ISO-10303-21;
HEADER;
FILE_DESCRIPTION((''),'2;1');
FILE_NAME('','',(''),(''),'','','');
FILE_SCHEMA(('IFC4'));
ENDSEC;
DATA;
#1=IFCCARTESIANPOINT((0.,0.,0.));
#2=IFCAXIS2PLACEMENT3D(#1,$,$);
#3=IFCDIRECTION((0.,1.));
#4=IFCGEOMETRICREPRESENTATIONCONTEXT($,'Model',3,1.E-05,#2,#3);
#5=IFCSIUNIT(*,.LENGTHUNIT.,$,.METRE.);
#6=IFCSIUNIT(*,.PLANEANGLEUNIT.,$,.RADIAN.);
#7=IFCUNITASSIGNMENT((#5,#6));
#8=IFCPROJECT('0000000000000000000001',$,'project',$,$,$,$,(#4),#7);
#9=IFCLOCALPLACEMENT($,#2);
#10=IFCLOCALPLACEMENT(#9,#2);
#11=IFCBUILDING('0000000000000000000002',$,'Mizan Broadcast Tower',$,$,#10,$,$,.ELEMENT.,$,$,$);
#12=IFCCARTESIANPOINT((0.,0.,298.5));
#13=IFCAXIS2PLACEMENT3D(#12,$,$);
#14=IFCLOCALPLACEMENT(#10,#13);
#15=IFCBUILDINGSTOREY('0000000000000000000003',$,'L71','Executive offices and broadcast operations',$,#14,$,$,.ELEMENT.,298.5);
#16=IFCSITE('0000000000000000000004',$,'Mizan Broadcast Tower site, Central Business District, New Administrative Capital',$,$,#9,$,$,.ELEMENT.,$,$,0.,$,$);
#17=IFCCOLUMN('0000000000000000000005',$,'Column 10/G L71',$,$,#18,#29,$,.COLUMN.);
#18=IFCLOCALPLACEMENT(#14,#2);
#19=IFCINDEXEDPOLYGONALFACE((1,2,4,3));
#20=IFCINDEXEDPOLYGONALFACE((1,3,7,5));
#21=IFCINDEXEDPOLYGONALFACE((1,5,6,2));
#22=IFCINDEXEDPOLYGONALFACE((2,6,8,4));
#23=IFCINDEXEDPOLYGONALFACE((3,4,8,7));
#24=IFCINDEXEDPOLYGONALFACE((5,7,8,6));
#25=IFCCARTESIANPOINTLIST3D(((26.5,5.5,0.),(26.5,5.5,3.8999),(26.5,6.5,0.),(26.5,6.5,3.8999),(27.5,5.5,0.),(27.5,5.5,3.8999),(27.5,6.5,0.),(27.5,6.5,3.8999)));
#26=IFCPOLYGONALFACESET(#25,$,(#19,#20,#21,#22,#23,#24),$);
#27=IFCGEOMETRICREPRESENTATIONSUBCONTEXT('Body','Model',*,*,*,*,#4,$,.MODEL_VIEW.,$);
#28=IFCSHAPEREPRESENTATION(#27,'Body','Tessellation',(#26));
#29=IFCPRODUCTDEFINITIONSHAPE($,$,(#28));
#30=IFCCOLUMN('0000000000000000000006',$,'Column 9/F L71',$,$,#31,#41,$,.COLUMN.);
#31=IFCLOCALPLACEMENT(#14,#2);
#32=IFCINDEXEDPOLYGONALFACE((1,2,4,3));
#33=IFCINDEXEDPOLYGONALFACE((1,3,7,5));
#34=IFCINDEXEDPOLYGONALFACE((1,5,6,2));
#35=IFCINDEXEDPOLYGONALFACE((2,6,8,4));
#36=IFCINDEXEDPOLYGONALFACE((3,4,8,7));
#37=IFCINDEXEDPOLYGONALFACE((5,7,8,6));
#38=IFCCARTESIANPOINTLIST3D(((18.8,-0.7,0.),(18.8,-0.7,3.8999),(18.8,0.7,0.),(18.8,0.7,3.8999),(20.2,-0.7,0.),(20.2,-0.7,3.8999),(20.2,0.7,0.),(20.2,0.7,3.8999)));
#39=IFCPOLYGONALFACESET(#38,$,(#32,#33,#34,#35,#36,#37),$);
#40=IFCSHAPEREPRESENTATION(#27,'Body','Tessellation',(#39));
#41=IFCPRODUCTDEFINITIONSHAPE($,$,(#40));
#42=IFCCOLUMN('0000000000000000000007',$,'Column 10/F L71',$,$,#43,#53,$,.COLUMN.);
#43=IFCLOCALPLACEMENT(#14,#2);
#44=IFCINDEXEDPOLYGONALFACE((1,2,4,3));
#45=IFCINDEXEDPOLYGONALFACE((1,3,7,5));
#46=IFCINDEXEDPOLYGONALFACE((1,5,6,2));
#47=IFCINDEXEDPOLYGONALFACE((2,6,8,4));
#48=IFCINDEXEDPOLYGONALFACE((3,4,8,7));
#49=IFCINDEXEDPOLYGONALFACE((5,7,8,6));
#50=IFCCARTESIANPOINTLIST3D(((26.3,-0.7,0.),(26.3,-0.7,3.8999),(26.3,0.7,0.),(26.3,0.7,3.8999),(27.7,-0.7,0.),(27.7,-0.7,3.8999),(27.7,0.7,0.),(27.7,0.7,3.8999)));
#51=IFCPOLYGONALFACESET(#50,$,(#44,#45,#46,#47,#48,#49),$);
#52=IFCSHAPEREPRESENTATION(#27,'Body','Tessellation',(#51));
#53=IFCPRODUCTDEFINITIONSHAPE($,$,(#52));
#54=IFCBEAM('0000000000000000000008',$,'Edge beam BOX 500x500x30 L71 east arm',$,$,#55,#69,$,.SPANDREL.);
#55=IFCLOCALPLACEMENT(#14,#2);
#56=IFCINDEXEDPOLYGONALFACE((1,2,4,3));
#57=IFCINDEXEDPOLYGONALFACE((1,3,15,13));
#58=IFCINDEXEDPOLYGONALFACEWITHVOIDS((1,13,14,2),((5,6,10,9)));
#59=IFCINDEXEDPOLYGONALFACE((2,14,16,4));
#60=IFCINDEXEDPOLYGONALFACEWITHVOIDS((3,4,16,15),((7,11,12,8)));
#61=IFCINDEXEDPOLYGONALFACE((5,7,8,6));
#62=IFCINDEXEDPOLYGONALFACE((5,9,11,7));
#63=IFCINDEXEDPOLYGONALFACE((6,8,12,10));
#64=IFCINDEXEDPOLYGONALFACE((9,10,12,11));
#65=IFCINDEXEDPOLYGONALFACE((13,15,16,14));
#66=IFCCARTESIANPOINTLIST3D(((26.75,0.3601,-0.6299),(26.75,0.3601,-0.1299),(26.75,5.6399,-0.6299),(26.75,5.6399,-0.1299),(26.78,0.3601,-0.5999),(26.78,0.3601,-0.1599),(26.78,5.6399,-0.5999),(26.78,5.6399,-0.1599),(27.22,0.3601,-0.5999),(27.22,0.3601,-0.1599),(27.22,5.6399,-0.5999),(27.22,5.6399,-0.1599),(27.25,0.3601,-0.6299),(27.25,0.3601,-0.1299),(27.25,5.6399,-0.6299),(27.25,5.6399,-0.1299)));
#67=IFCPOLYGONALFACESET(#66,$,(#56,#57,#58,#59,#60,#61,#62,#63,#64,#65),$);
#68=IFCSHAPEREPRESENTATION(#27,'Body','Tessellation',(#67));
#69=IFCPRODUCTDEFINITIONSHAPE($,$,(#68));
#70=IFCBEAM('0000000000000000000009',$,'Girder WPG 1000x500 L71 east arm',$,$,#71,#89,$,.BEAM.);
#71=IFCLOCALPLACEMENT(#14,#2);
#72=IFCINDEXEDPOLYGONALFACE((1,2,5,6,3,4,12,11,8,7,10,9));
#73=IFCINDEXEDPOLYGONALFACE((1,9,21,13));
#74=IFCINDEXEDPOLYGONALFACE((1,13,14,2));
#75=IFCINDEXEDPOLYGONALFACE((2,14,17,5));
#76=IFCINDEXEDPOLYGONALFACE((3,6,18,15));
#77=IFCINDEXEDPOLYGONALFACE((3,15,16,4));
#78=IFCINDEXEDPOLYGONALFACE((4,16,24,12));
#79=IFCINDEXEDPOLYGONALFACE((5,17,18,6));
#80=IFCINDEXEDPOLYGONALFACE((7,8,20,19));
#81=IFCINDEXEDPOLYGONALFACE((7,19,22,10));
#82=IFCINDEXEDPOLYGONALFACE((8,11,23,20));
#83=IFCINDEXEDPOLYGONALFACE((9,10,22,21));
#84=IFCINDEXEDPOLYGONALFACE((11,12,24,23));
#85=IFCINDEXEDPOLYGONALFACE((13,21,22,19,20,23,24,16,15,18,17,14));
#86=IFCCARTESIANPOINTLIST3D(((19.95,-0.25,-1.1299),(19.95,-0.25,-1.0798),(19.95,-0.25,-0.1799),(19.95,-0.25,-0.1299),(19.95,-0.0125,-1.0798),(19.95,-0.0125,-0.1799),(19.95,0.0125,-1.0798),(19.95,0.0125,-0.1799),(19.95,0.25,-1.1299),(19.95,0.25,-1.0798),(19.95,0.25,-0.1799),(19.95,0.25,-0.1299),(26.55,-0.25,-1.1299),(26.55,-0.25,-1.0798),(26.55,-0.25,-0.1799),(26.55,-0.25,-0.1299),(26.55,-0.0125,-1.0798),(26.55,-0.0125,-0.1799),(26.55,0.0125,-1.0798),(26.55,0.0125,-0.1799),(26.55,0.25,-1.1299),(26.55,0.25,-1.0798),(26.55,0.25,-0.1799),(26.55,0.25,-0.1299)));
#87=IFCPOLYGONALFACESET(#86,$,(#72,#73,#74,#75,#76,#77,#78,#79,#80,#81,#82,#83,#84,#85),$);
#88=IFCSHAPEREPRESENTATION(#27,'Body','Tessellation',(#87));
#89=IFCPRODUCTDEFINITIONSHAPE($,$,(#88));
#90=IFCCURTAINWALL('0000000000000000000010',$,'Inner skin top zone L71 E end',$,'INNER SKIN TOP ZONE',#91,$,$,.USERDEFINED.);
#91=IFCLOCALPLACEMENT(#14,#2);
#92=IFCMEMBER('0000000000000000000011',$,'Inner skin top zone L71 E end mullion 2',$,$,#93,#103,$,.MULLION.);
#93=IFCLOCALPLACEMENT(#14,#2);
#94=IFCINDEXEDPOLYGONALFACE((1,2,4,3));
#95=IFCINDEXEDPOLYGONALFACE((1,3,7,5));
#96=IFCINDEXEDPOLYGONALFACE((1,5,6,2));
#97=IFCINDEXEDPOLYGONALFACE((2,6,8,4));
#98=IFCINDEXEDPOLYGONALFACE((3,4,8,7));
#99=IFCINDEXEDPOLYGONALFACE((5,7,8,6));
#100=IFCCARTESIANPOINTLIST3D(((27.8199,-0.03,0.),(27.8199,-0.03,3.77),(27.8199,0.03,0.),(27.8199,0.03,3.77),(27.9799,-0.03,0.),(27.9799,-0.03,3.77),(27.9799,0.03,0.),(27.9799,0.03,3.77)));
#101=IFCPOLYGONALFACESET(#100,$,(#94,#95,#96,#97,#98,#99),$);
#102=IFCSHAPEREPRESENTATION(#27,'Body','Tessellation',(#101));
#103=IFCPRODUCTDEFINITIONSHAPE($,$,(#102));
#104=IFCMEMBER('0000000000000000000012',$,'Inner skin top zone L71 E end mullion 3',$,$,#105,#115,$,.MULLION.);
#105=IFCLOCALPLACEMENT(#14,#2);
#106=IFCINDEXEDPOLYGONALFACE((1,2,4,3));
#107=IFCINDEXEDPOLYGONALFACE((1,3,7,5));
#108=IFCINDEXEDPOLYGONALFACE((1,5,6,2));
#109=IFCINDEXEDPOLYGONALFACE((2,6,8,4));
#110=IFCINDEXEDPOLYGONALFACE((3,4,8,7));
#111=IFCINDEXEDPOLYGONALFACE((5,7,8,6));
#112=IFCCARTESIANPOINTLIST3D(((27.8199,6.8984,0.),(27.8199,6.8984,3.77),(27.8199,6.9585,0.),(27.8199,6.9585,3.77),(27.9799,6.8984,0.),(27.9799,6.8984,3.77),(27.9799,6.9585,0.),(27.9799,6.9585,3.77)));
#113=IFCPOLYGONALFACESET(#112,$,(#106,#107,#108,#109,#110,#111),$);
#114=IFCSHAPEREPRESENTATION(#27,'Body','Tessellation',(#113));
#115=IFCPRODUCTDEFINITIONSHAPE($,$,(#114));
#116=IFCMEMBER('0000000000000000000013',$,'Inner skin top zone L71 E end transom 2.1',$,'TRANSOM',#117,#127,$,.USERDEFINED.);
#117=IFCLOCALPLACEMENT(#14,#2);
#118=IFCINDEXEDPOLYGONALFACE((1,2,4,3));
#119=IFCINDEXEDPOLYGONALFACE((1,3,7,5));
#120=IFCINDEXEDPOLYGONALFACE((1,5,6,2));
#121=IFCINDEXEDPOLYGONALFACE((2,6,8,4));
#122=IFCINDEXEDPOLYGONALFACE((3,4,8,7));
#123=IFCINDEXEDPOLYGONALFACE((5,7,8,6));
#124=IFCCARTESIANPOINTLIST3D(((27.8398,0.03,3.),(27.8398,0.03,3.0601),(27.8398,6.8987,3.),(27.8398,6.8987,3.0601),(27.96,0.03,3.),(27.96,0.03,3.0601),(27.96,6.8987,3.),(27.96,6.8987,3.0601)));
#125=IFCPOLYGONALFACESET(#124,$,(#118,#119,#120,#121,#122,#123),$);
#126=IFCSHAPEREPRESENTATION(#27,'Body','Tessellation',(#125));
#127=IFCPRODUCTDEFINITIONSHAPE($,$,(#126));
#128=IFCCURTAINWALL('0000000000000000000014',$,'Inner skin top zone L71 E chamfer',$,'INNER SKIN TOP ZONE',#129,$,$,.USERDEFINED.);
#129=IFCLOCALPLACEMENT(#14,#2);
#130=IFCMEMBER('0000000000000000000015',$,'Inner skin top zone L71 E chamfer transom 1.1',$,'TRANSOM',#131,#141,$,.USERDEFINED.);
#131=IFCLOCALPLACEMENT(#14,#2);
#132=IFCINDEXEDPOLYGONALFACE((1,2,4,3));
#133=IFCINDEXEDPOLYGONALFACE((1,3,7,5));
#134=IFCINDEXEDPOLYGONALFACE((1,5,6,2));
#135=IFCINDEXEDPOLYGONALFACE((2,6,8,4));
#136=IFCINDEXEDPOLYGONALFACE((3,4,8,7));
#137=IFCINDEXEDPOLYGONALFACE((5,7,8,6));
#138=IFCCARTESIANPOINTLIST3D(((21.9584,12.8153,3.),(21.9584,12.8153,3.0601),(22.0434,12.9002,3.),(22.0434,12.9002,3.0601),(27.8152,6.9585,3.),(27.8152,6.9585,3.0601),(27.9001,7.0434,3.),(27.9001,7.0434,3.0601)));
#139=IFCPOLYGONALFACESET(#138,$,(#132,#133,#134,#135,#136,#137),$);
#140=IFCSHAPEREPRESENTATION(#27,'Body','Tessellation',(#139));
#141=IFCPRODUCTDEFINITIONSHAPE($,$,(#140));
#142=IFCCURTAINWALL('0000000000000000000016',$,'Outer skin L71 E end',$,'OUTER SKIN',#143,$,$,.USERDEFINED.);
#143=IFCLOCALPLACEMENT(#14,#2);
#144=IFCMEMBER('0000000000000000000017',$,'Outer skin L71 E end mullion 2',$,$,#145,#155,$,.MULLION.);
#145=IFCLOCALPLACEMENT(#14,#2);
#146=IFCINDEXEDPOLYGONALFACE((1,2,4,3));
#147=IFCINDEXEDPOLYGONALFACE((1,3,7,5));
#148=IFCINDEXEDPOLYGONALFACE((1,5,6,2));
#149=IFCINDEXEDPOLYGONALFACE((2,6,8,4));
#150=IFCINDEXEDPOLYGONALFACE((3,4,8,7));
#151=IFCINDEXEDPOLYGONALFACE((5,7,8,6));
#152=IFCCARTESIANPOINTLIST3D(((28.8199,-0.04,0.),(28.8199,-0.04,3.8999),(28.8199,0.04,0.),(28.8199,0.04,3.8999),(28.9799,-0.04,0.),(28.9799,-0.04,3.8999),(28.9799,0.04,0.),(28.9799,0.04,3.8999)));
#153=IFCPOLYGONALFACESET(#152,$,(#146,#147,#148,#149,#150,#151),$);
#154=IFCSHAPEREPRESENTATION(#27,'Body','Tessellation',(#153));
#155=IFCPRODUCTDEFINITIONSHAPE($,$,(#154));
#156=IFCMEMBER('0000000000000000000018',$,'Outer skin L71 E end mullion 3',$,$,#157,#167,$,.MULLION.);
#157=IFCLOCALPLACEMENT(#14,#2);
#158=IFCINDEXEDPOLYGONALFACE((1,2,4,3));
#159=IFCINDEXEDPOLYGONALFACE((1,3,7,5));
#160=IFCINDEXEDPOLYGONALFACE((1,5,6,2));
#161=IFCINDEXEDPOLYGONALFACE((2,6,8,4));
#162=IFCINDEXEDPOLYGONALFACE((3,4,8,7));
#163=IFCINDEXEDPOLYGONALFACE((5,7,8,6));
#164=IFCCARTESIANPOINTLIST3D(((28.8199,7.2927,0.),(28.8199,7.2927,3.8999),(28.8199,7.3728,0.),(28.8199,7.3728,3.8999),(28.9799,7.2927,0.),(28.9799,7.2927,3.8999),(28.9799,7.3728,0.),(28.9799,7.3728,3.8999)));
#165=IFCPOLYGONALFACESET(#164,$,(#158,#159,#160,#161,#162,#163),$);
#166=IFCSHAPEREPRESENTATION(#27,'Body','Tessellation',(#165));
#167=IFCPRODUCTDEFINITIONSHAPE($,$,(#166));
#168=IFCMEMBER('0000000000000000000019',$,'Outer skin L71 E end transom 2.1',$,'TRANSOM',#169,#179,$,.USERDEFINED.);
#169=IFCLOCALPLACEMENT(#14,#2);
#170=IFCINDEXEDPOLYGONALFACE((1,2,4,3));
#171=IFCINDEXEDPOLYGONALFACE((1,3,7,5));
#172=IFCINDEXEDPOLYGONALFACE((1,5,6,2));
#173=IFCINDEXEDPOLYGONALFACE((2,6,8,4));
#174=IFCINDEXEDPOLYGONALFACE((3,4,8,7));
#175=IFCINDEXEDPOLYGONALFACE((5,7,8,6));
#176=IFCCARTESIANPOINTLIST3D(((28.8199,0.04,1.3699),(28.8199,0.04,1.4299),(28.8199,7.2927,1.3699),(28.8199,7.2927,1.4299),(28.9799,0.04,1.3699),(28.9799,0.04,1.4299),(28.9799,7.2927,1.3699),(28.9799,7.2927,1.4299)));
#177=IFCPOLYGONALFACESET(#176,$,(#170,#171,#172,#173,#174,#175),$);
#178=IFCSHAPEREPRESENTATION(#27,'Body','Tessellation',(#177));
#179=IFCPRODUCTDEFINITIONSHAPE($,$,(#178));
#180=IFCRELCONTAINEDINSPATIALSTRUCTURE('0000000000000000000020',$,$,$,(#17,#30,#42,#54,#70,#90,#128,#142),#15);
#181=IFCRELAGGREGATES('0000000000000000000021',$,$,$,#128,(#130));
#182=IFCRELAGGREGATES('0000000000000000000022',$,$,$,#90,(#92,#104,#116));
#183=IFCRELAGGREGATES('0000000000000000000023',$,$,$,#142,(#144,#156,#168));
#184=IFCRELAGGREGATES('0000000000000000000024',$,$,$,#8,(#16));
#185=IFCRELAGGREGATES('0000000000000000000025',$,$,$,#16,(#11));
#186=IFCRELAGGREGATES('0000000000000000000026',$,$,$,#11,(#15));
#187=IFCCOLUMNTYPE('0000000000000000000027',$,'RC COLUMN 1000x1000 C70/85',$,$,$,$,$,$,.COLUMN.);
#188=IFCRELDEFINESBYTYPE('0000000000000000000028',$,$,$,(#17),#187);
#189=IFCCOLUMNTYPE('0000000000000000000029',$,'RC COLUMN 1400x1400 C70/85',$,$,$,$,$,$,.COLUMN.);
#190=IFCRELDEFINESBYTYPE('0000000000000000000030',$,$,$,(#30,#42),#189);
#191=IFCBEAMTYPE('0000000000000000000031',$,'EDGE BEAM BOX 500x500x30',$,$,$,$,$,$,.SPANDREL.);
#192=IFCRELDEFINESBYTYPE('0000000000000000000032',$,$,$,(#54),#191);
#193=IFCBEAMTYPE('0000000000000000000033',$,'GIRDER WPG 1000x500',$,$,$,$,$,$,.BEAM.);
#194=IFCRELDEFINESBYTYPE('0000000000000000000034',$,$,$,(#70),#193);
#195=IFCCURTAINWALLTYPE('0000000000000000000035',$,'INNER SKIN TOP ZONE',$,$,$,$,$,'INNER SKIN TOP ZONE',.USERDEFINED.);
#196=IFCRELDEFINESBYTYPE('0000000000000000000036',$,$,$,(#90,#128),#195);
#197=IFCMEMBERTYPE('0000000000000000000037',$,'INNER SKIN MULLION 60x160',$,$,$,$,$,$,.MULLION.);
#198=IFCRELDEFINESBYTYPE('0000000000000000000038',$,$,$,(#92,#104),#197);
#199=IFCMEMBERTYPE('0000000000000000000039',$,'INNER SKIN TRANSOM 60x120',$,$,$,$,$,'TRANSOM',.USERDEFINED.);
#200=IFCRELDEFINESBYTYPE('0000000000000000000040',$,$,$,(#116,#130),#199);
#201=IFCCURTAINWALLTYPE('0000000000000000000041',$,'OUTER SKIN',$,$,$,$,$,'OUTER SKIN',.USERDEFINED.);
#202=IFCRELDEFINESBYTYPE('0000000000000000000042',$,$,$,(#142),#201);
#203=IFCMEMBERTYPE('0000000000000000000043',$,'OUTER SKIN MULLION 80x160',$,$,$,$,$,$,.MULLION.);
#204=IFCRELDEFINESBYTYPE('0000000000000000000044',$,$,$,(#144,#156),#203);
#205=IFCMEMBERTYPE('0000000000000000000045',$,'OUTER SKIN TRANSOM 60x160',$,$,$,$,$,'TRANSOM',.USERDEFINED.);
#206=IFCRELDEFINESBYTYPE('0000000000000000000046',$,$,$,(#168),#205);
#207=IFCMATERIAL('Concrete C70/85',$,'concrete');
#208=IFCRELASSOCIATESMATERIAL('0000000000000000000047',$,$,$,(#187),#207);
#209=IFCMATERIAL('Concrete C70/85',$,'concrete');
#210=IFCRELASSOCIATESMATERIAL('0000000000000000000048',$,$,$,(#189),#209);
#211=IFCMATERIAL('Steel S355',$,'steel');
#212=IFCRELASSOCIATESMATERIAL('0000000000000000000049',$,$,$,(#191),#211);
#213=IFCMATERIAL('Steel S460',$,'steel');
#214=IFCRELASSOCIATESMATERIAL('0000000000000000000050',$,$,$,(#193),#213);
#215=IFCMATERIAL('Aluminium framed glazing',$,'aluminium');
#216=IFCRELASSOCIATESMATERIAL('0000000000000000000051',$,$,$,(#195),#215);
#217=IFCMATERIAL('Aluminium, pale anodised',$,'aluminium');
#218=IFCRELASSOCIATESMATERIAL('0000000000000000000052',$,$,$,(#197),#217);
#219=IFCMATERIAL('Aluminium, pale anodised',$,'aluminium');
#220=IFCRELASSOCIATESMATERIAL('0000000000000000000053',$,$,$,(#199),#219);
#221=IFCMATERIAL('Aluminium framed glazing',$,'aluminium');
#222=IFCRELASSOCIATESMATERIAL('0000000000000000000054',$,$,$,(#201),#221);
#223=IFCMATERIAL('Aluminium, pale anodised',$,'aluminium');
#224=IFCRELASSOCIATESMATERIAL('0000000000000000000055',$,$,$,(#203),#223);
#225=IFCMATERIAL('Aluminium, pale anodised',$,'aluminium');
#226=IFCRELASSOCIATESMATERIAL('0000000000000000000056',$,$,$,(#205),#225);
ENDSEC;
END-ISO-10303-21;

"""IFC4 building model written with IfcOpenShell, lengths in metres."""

from ifc_helpers import new_model, si_unit, direction, frame, origin, origin_2d, place, context, subcontext, project, spatial, rectangle, hollow_rectangle, i_section, extrude, material, material_profile, profile_set, type_object, element, aggregate, save


model = new_model("IFC4")

# Units and contexts
model_context = context("Model", 3, precision=1e-05, world=origin(), true_north=direction((0.0, 1.0)))
body_context = subcontext(model_context, "Body", "Model", "MODEL_VIEW")
ifc_project = project(units=[si_unit("LENGTHUNIT", "METRE"), si_unit("PLANEANGLEUNIT", "RADIAN")], contexts=[model_context])

# Site, building, storey
site_placement = place(None, origin())
site = spatial("IfcSite", under=ifc_project, at=site_placement, Name="Mizan Broadcast Tower site, Central Business District, New Administrative Capital", CompositionType="ELEMENT", RefElevation=0.0)
building_placement = place(site_placement, origin())
building = spatial("IfcBuilding", under=site, at=building_placement, Name="Mizan Broadcast Tower", CompositionType="ELEMENT")
storey_placement = place(building_placement, frame((0.0, 0.0, 298.5)))
storey = spatial("IfcBuildingStorey", under=building, at=storey_placement, Name="L71", Description="Executive offices and broadcast operations", CompositionType="ELEMENT", Elevation=298.5)

# Columns
ifc_material_1 = material(Name="Concrete C70/85", Category="concrete")
ifc_material_profile_1 = material_profile(ifc_material_1, rectangle(XDim=1.0, YDim=1.0, at=origin_2d()), Name="RC 1000x1000")
ifc_profile_set_1 = profile_set([ifc_material_profile_1], Name="Concrete C70/85")
column_type_1 = type_object("IfcColumnType", Name="RC COLUMN 1000x1000 C70/85", PredefinedType="COLUMN", material=ifc_profile_set_1)
column_placement = place(storey_placement, frame((27.0, 6.0, 0.0), z_axis=(0.0, 0.0, 1.0), x_axis=(1.0, 0.0, 0.0)))
element("IfcColumn", 1, at=column_placement, inside=storey, type_object=column_type_1, Name="Column 10/G L71", PredefinedType="COLUMN", context=body_context, shape_type="SweptSolid", body=[
    extrude(rectangle(XDim=1.0, YDim=1.0, at=origin_2d()), origin(), (0.0, 0.0, 1.0), 3.8999),
])
ifc_material_2 = material(Name="Concrete C70/85", Category="concrete")
ifc_material_profile_2 = material_profile(ifc_material_2, rectangle(XDim=1.3999, YDim=1.3999, at=origin_2d()), Name="RC 1400x1400")
ifc_profile_set_2 = profile_set([ifc_material_profile_2], Name="Concrete C70/85")
column_type_2 = type_object("IfcColumnType", Name="RC COLUMN 1400x1400 C70/85", PredefinedType="COLUMN", material=ifc_profile_set_2)
for number, where, z_axis, x_axis, name in (
    (2, (19.5, 0.0, 0.0), (0.0, 0.0, 1.0), (1.0, 0.0, 0.0), "Column 9/F L71"),
    (3, (27.0, 0.0, 0.0), (0.0, 0.0, 1.0), (1.0, 0.0, 0.0), "Column 10/F L71"),
):
    element("IfcColumn", number, at=place(storey_placement, frame(where, z_axis=z_axis, x_axis=x_axis)), inside=storey, type_object=column_type_2, Name=name, PredefinedType="COLUMN", context=body_context, shape_type="SweptSolid", body=[
        extrude(rectangle(XDim=1.3999, YDim=1.3999, at=origin_2d()), origin(), (0.0, 0.0, 1.0), 3.8999),
    ])

# Beams
ifc_material_3 = material(Name="Steel S355", Category="steel")
ifc_material_profile_3 = material_profile(ifc_material_3, hollow_rectangle(XDim=0.5, YDim=0.5, WallThickness=0.03, at=origin_2d()), Name="BOX 500x500x30")
ifc_profile_set_3 = profile_set([ifc_material_profile_3], Name="Steel S355")
beam_type_1 = type_object("IfcBeamType", Name="EDGE BEAM BOX 500x500x30", PredefinedType="SPANDREL", material=ifc_profile_set_3)
beam_1_placement = place(storey_placement, frame((27.0, 5.6399, -0.3799), z_axis=(0.0, -1.0, 0.0), x_axis=(1.0, 0.0, 0.0)))
element("IfcBeam", 4, at=beam_1_placement, inside=storey, type_object=beam_type_1, Name="Edge beam BOX 500x500x30 L71 east arm", PredefinedType="SPANDREL", context=body_context, shape_type="SweptSolid", body=[
    extrude(hollow_rectangle(XDim=0.5, YDim=0.5, WallThickness=0.03, at=origin_2d()), origin(), (0.0, 0.0, 1.0), 5.2798),
])
ifc_material_4 = material(Name="Steel S460", Category="steel")
ifc_material_profile_4 = material_profile(ifc_material_4, i_section(OverallWidth=0.5, OverallDepth=1.0, WebThickness=0.0249, FlangeThickness=0.05, at=origin_2d()), Name="WPG 1000x500")
ifc_profile_set_4 = profile_set([ifc_material_profile_4], Name="Steel S460")
beam_type_2 = type_object("IfcBeamType", Name="GIRDER WPG 1000x500", PredefinedType="BEAM", material=ifc_profile_set_4)
beam_2_placement = place(storey_placement, frame((19.95, 0.0, -0.6299), z_axis=(1.0, 0.0, 0.0), x_axis=(0.0, 1.0, 0.0)))
element("IfcBeam", 5, at=beam_2_placement, inside=storey, type_object=beam_type_2, Name="Girder WPG 1000x500 L71 east arm", PredefinedType="BEAM", context=body_context, shape_type="SweptSolid", body=[
    extrude(i_section(OverallWidth=0.5, OverallDepth=1.0, WebThickness=0.0249, FlangeThickness=0.05, at=origin_2d()), origin(), (0.0, 0.0, 1.0), 6.6001),
])

# Curtain wall, members
ifc_material_5 = material(Name="Aluminium framed glazing", Category="aluminium")
curtain_wall_type_1 = type_object("IfcCurtainWallType", Name="INNER SKIN TOP ZONE", ElementType="INNER SKIN TOP ZONE", PredefinedType="USERDEFINED", material=ifc_material_5)
curtain_wall_1_placement = place(storey_placement, origin())
curtain_wall_1 = element("IfcCurtainWall", 6, at=curtain_wall_1_placement, inside=storey, type_object=curtain_wall_type_1, Name="Inner skin top zone L71 E end", ObjectType="INNER SKIN TOP ZONE", PredefinedType="USERDEFINED")
ifc_material_6 = material(Name="Aluminium, pale anodised", Category="aluminium")
ifc_material_profile_5 = material_profile(ifc_material_6, rectangle(XDim=0.1599, YDim=0.0601, at=origin_2d()), Name="MULLION 160x60")
ifc_profile_set_5 = profile_set([ifc_material_profile_5], Name="Aluminium, pale anodised")
member_type_1 = type_object("IfcMemberType", Name="INNER SKIN MULLION 60x160", PredefinedType="MULLION", material=ifc_profile_set_5)
member_1_placement = place(storey_placement, frame((27.8999, 0.0, 0.0), z_axis=(0.0, 0.0, 1.0), x_axis=(-1.0, 0.0, 0.0)))
member_1 = element("IfcMember", 7, at=member_1_placement, type_object=member_type_1, Name="Inner skin top zone L71 E end mullion 2", PredefinedType="MULLION", context=body_context, shape_type="SweptSolid", body=[
    extrude(rectangle(XDim=0.1599, YDim=0.0601, at=origin_2d()), origin(), (0.0, 0.0, 1.0), 3.77),
])
member_2_placement = place(storey_placement, frame((27.8999, 6.9285, 0.0), z_axis=(0.0, 0.0, 1.0), x_axis=(-1.0, 0.0, 0.0)))
member_2 = element("IfcMember", 8, at=member_2_placement, type_object=member_type_1, Name="Inner skin top zone L71 E end mullion 3", PredefinedType="MULLION", context=body_context, shape_type="SweptSolid", body=[
    extrude(rectangle(XDim=0.1599, YDim=0.0601, at=origin_2d()), origin(), (0.0, 0.0, 1.0), 3.77),
])
ifc_material_7 = material(Name="Aluminium, pale anodised", Category="aluminium")
ifc_material_profile_6 = material_profile(ifc_material_7, rectangle(XDim=0.1201, YDim=0.0601, at=origin_2d()), Name="TRANSOM 120x60")
ifc_profile_set_6 = profile_set([ifc_material_profile_6], Name="Aluminium, pale anodised")
member_type_2 = type_object("IfcMemberType", Name="INNER SKIN TRANSOM 60x120", ElementType="TRANSOM", PredefinedType="USERDEFINED", material=ifc_profile_set_6)
member_3_placement = place(storey_placement, frame((27.8999, 0.03, 3.03), z_axis=(0.0, 1.0, 0.0), x_axis=(-1.0, 0.0, 0.0)))
member_3 = element("IfcMember", 9, at=member_3_placement, type_object=member_type_2, Name="Inner skin top zone L71 E end transom 2.1", ObjectType="TRANSOM", PredefinedType="USERDEFINED", context=body_context, shape_type="SweptSolid", body=[
    extrude(rectangle(XDim=0.1201, YDim=0.0601, at=origin_2d()), origin(), (0.0, 0.0, 1.0), 6.8687),
])

# Curtain wall, member
curtain_wall_2_placement = place(storey_placement, origin())
curtain_wall_2 = element("IfcCurtainWall", 10, at=curtain_wall_2_placement, inside=storey, type_object=curtain_wall_type_1, Name="Inner skin top zone L71 E chamfer", ObjectType="INNER SKIN TOP ZONE", PredefinedType="USERDEFINED")
member_4_placement = place(storey_placement, frame((27.8577, 7.001, 3.03), z_axis=(-0.707107, 0.707107, 0.0), x_axis=(-0.707107, -0.707107, 0.0)))
member_4 = element("IfcMember", 11, at=member_4_placement, type_object=member_type_2, Name="Inner skin top zone L71 E chamfer transom 1.1", ObjectType="TRANSOM", PredefinedType="USERDEFINED", context=body_context, shape_type="SweptSolid", body=[
    extrude(rectangle(XDim=0.1201, YDim=0.0601, at=origin_2d()), origin(), (0.0, 0.0, 1.0), 8.2827),
])
aggregate(curtain_wall_2, [member_4])

# Curtain wall, members
ifc_material_8 = material(Name="Aluminium framed glazing", Category="aluminium")
curtain_wall_type_2 = type_object("IfcCurtainWallType", Name="OUTER SKIN", ElementType="OUTER SKIN", PredefinedType="USERDEFINED", material=ifc_material_8)
curtain_wall_3_placement = place(storey_placement, origin())
curtain_wall_3 = element("IfcCurtainWall", 12, at=curtain_wall_3_placement, inside=storey, type_object=curtain_wall_type_2, Name="Outer skin L71 E end", ObjectType="OUTER SKIN", PredefinedType="USERDEFINED")
ifc_material_9 = material(Name="Aluminium, pale anodised", Category="aluminium")
ifc_material_profile_7 = material_profile(ifc_material_9, rectangle(XDim=0.1599, YDim=0.0801, at=origin_2d()), Name="MULLION 160x80")
ifc_profile_set_7 = profile_set([ifc_material_profile_7], Name="Aluminium, pale anodised")
member_type_3 = type_object("IfcMemberType", Name="OUTER SKIN MULLION 80x160", PredefinedType="MULLION", material=ifc_profile_set_7)
member_5_placement = place(storey_placement, frame((28.8999, 0.0, 0.0), z_axis=(0.0, 0.0, 1.0), x_axis=(-1.0, 0.0, 0.0)))
member_5 = element("IfcMember", 13, at=member_5_placement, type_object=member_type_3, Name="Outer skin L71 E end mullion 2", PredefinedType="MULLION", context=body_context, shape_type="SweptSolid", body=[
    extrude(rectangle(XDim=0.1599, YDim=0.0801, at=origin_2d()), origin(), (0.0, 0.0, 1.0), 3.8999),
])
member_6_placement = place(storey_placement, frame((28.8999, 7.3328, 0.0), z_axis=(0.0, 0.0, 1.0), x_axis=(-1.0, 0.0, 0.0)))
member_6 = element("IfcMember", 14, at=member_6_placement, type_object=member_type_3, Name="Outer skin L71 E end mullion 3", PredefinedType="MULLION", context=body_context, shape_type="SweptSolid", body=[
    extrude(rectangle(XDim=0.1599, YDim=0.0801, at=origin_2d()), origin(), (0.0, 0.0, 1.0), 3.8999),
])
ifc_material_10 = material(Name="Aluminium, pale anodised", Category="aluminium")
ifc_material_profile_8 = material_profile(ifc_material_10, rectangle(XDim=0.1599, YDim=0.0601, at=origin_2d()), Name="TRANSOM 160x60")
ifc_profile_set_8 = profile_set([ifc_material_profile_8], Name="Aluminium, pale anodised")
member_type_4 = type_object("IfcMemberType", Name="OUTER SKIN TRANSOM 60x160", ElementType="TRANSOM", PredefinedType="USERDEFINED", material=ifc_profile_set_8)
member_7_placement = place(storey_placement, frame((28.8999, 0.04, 1.3999), z_axis=(0.0, 1.0, 0.0), x_axis=(-1.0, 0.0, 0.0)))
member_7 = element("IfcMember", 15, at=member_7_placement, type_object=member_type_4, Name="Outer skin L71 E end transom 2.1", ObjectType="TRANSOM", PredefinedType="USERDEFINED", context=body_context, shape_type="SweptSolid", body=[
    extrude(rectangle(XDim=0.1599, YDim=0.0601, at=origin_2d()), origin(), (0.0, 0.0, 1.0), 7.2527),
])

aggregate(curtain_wall_1, [member_1, member_2, member_3])
aggregate(curtain_wall_3, [member_5, member_6, member_7])

save(model, "model.ifc")
